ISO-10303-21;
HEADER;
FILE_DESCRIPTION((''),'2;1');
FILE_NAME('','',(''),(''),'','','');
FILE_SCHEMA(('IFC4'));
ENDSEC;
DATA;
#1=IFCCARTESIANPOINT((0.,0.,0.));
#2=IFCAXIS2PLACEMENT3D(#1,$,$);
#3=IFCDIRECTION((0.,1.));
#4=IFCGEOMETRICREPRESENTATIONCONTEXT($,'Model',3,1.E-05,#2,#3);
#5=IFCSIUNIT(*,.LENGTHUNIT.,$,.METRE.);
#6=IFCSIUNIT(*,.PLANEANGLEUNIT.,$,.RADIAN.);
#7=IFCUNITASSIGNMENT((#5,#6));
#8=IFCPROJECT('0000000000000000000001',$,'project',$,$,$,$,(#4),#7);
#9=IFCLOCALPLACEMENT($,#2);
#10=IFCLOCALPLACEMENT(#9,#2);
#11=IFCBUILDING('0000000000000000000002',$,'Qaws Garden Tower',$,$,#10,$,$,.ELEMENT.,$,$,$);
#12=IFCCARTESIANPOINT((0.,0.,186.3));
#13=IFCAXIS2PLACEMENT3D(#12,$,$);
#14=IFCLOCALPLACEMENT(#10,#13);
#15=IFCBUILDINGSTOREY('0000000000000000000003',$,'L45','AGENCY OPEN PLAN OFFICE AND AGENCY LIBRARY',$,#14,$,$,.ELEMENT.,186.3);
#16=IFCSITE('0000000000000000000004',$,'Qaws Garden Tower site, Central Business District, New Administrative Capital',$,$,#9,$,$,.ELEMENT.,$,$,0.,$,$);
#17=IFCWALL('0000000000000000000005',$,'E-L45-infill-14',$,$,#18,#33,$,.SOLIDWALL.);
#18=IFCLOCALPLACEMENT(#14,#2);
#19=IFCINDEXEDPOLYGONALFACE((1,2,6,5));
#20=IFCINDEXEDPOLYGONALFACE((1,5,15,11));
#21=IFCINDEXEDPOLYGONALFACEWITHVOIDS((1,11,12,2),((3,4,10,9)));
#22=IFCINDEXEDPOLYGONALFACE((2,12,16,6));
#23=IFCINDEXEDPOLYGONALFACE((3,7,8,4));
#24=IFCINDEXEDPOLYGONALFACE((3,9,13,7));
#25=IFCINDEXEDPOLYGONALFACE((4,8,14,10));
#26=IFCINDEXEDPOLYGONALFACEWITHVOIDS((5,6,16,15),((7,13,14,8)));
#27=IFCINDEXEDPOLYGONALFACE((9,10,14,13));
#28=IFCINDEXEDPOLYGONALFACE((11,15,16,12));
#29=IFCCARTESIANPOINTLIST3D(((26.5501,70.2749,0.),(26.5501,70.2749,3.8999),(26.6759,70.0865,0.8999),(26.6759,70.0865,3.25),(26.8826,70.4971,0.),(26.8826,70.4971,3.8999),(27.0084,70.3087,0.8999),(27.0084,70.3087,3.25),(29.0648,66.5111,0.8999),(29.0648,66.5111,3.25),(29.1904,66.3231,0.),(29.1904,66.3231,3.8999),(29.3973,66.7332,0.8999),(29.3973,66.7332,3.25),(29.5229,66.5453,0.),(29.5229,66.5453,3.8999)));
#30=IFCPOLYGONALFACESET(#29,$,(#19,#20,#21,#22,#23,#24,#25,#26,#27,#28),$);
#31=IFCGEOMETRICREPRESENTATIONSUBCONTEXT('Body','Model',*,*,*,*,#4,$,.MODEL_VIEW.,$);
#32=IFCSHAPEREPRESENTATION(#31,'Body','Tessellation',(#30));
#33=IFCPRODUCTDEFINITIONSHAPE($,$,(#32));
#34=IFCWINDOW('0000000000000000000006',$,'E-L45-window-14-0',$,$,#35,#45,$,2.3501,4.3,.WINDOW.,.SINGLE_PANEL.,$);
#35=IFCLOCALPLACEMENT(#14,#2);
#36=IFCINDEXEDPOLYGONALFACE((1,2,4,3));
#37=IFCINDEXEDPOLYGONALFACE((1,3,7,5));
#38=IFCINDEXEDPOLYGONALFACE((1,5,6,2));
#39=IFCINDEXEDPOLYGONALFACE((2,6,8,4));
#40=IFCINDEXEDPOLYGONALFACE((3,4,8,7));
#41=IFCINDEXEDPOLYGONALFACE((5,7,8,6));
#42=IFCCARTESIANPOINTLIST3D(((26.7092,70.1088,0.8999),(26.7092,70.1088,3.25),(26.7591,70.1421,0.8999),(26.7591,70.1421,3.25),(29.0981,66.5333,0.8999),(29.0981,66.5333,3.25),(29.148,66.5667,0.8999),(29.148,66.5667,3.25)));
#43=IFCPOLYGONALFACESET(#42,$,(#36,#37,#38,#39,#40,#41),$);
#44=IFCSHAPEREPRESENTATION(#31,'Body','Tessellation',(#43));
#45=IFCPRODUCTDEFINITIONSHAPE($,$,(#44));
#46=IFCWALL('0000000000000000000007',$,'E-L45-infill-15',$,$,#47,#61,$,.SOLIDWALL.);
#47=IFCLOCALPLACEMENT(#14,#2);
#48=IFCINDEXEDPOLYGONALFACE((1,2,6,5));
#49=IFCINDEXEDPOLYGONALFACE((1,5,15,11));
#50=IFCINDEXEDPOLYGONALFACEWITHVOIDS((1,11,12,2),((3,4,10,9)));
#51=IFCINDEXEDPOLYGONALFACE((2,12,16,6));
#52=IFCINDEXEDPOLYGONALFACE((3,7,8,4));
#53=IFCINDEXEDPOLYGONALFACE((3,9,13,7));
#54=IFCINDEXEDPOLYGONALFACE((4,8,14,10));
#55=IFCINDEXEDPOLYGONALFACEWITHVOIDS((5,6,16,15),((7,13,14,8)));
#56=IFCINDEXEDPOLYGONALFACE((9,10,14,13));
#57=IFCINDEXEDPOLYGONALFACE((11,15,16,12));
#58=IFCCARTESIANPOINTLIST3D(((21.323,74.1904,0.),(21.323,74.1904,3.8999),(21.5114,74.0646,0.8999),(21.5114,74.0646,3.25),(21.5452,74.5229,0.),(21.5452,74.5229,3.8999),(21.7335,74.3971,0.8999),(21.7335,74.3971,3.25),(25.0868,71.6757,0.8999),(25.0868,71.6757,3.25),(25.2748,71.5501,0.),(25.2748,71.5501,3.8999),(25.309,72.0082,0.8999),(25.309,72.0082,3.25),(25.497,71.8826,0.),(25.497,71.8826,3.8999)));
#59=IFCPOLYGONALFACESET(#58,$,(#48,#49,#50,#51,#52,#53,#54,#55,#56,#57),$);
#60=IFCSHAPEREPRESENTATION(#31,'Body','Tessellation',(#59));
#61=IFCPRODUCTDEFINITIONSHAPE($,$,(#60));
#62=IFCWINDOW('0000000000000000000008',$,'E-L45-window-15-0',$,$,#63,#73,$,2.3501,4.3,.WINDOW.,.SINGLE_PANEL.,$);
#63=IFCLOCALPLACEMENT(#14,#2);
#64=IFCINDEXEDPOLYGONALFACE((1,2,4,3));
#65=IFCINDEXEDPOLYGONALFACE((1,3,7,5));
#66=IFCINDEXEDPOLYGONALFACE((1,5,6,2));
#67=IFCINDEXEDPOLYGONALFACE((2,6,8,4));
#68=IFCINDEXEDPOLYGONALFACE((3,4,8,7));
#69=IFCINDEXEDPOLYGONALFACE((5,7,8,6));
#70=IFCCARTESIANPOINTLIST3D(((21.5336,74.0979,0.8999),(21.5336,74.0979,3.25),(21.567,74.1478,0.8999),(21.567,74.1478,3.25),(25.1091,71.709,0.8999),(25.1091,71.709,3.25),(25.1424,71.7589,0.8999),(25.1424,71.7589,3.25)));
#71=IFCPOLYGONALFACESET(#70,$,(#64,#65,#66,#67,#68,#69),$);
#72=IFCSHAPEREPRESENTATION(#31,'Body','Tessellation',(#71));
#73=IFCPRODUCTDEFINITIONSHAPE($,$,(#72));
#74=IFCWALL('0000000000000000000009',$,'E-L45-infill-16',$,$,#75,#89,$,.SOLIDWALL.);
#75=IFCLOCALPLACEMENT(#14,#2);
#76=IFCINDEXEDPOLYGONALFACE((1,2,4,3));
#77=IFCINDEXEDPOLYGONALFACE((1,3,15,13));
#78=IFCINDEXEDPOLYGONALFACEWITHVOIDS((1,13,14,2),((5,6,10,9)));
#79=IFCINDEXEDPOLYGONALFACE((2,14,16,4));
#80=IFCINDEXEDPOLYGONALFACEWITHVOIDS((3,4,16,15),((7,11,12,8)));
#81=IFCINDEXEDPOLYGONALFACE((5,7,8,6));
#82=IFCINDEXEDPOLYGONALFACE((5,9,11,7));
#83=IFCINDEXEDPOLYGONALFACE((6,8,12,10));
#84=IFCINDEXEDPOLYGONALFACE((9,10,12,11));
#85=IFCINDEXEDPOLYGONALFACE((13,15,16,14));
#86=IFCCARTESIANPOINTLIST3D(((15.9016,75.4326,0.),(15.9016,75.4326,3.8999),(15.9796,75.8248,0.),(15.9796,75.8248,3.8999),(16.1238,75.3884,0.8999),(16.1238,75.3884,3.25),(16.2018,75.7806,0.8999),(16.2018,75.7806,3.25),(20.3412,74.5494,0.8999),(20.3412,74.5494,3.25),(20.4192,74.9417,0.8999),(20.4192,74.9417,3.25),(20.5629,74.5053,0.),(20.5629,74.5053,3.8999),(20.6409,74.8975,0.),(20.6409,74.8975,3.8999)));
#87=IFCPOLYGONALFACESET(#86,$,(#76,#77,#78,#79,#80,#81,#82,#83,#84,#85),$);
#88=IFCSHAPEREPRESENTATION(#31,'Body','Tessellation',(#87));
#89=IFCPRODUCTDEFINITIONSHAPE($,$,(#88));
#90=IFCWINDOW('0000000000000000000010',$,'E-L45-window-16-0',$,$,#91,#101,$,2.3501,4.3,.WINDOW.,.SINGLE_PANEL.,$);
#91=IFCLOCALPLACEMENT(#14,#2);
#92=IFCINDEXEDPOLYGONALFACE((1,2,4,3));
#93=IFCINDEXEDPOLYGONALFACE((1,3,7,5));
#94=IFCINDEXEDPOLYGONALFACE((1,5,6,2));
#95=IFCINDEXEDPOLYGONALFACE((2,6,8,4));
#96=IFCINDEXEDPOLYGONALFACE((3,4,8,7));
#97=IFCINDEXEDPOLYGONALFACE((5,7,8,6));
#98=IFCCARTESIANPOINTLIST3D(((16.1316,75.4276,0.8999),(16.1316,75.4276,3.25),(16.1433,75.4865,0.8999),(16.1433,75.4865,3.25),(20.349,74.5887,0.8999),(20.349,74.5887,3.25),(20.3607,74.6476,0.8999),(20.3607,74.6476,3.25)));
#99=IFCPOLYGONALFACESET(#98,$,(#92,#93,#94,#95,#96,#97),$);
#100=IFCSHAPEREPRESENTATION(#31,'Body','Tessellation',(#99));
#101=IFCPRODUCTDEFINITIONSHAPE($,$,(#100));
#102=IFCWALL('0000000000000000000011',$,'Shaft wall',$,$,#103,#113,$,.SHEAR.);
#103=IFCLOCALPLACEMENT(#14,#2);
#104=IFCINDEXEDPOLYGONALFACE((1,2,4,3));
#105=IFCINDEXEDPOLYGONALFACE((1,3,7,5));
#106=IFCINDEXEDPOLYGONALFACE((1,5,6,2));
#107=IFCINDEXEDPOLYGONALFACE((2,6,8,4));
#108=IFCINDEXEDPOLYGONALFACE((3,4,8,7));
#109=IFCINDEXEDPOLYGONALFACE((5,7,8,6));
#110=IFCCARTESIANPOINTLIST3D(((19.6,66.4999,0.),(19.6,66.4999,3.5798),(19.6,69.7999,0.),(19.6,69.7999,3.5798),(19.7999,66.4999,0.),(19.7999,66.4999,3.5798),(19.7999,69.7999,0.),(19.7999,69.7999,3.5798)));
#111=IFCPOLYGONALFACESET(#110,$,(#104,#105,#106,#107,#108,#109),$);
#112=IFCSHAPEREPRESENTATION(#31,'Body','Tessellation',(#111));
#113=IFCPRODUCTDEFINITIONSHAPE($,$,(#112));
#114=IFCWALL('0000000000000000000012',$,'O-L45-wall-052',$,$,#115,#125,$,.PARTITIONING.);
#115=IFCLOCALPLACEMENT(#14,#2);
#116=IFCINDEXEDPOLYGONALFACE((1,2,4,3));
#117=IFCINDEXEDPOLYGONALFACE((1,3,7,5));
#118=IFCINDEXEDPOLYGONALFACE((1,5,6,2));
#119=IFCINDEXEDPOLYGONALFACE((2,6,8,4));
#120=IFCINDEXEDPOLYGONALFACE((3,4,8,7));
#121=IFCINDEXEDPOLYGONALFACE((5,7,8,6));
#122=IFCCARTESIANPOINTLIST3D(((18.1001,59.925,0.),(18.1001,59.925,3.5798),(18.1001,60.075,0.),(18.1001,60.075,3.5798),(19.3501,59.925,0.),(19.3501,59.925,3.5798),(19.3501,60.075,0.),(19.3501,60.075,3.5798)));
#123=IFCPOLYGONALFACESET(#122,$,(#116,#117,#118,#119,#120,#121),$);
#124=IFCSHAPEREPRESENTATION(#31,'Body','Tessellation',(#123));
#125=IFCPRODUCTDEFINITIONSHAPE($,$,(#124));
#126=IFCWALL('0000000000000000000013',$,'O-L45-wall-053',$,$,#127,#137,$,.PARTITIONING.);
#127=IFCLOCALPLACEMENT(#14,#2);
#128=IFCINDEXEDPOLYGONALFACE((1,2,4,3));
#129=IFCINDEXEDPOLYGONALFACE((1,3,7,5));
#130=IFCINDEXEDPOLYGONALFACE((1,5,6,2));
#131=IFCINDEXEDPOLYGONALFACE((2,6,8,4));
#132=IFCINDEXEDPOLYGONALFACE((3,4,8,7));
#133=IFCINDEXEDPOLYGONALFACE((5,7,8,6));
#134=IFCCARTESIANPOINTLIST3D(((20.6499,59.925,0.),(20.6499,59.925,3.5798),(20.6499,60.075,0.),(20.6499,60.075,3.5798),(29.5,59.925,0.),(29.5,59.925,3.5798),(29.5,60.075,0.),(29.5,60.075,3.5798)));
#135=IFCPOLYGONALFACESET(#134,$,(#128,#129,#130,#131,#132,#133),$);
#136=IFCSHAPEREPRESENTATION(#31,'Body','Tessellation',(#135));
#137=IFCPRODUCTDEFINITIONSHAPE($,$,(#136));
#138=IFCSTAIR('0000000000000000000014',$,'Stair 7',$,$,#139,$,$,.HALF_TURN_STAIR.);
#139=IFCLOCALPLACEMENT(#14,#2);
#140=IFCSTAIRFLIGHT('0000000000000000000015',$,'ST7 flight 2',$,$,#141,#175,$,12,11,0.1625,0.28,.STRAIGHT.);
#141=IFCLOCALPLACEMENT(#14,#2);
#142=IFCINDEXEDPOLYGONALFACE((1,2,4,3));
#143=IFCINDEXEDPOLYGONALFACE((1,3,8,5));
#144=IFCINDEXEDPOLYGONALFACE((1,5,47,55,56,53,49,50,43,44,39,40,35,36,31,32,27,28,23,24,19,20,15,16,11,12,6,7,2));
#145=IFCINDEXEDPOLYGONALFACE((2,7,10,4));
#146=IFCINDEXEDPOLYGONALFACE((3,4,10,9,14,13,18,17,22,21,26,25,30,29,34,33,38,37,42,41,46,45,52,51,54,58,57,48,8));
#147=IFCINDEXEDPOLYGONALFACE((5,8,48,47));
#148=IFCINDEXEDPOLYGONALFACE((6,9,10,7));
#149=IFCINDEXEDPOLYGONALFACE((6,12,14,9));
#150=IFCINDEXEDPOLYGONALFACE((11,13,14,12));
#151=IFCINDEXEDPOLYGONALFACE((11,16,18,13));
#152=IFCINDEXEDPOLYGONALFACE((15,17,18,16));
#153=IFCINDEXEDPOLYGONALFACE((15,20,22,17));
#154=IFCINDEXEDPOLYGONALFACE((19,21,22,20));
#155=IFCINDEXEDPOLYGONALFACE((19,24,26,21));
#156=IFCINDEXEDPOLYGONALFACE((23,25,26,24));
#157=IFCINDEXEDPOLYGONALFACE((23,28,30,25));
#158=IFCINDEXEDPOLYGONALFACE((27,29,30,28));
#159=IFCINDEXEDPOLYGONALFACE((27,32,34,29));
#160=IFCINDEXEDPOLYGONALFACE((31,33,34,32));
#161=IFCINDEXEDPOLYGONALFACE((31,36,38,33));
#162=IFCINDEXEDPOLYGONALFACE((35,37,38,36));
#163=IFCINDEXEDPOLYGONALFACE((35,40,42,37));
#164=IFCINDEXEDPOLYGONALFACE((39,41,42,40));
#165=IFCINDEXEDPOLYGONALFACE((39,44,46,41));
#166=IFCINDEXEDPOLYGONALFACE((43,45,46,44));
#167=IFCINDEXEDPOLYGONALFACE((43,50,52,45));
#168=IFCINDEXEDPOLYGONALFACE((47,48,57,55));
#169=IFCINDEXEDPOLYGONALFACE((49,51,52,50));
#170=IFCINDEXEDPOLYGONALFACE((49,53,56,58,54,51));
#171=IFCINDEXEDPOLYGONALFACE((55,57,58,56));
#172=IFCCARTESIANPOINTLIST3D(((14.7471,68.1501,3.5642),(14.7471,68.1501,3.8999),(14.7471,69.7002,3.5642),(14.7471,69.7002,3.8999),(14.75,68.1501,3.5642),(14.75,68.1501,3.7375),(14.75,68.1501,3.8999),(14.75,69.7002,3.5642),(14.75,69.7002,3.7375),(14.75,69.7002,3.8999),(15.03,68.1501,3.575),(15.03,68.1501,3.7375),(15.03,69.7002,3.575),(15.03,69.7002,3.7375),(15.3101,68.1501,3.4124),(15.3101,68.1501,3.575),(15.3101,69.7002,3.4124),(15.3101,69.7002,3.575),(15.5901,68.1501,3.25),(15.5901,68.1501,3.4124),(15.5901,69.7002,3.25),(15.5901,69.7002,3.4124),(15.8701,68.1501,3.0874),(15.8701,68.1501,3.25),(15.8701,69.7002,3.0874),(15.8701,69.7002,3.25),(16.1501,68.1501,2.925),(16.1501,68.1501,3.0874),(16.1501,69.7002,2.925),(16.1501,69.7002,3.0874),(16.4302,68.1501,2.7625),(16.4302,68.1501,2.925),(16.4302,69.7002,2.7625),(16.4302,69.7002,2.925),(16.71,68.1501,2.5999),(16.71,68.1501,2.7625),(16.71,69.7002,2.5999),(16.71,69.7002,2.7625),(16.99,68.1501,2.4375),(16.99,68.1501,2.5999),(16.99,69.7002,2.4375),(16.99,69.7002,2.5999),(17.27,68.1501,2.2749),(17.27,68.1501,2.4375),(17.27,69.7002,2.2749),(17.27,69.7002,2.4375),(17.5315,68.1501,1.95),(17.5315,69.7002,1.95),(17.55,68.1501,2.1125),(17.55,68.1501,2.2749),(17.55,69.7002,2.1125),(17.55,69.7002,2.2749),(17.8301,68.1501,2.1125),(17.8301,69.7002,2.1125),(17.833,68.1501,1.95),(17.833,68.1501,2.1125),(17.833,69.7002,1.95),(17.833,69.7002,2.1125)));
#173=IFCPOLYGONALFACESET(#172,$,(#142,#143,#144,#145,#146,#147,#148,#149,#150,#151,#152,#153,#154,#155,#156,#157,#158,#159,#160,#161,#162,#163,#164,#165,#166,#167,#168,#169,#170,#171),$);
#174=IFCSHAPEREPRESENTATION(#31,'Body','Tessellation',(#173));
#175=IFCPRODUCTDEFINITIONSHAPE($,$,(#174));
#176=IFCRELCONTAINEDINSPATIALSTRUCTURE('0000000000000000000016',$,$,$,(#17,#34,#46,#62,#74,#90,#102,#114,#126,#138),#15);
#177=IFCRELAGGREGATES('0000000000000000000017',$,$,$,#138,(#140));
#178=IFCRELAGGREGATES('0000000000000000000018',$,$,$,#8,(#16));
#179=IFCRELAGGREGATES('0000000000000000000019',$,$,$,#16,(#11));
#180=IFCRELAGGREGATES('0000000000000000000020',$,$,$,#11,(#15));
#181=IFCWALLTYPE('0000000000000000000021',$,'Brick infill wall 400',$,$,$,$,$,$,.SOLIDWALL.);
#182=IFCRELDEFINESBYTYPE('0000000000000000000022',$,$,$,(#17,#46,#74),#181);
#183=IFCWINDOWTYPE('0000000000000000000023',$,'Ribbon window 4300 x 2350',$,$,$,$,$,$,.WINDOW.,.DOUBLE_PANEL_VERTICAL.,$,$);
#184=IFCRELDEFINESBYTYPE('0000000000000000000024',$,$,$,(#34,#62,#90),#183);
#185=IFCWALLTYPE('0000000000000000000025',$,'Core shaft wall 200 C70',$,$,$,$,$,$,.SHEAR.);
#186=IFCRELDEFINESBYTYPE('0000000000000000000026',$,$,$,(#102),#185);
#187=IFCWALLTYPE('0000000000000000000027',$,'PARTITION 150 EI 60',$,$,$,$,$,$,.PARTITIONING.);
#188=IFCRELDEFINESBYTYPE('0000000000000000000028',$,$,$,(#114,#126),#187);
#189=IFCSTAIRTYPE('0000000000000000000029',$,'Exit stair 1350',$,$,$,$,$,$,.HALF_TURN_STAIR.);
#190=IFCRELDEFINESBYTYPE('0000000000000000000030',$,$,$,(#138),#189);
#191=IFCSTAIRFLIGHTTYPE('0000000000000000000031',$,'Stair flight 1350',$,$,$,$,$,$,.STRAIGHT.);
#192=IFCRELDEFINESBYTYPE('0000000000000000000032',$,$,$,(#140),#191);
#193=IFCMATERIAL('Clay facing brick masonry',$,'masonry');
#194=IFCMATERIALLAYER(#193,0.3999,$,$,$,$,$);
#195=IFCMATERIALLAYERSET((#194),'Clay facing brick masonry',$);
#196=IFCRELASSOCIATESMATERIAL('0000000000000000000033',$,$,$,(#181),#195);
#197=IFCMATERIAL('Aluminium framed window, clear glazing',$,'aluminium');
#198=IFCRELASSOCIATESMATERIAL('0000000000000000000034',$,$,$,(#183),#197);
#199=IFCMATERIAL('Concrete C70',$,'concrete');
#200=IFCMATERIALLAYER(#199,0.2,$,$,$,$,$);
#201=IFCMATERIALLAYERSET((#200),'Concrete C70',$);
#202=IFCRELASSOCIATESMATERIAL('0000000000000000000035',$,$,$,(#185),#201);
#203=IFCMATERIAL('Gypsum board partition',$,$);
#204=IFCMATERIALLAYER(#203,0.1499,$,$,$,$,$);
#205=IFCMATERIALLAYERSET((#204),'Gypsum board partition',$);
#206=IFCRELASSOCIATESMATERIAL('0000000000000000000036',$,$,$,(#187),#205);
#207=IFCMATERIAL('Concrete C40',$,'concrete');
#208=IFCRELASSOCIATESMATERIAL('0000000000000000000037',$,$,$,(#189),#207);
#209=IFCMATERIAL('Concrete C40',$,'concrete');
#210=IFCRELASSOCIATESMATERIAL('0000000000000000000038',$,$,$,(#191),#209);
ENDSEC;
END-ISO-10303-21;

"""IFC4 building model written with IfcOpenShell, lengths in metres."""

from ifc_helpers import new_model, si_unit, direction, frame, frame_2d, origin, place, context, subcontext, project, spatial, polyline, rectangle, outline, extrude, material, layer, layer_set, type_object, element, fill, aggregate, save


model = new_model("IFC4")

# Units and contexts
model_context = context("Model", 3, precision=1e-05, world=origin(), true_north=direction((0.0, 1.0)))
body_context = subcontext(model_context, "Body", "Model", "MODEL_VIEW")
ifc_project = project(units=[si_unit("LENGTHUNIT", "METRE"), si_unit("PLANEANGLEUNIT", "RADIAN")], contexts=[model_context])

# Site, building, storey
site_placement = place(None, origin())
site = spatial("IfcSite", under=ifc_project, at=site_placement, Name="Qaws Garden Tower site, Central Business District, New Administrative Capital", CompositionType="ELEMENT", RefElevation=0.0)
building_placement = place(site_placement, origin())
building = spatial("IfcBuilding", under=site, at=building_placement, Name="Qaws Garden Tower", CompositionType="ELEMENT")
storey_placement = place(building_placement, frame((0.0, 0.0, 186.3)))
storey = spatial("IfcBuildingStorey", under=building, at=storey_placement, Name="L45", Description="AGENCY OPEN PLAN OFFICE AND AGENCY LIBRARY", CompositionType="ELEMENT", Elevation=186.3)

# Walls, openings, windows
ifc_material_1 = material(Name="Clay facing brick masonry", Category="masonry")
ifc_layer_1 = layer(ifc_material_1, 0.3999)
ifc_layer_set_1 = layer_set([ifc_layer_1], Name="Clay facing brick masonry")
wall_type_1 = type_object("IfcWallType", Name="Brick infill wall 400", PredefinedType="SOLIDWALL", material=ifc_layer_set_1)
ifc_material_2 = material(Name="Aluminium framed window, clear glazing", Category="aluminium")
window_type = type_object("IfcWindowType", Name="Ribbon window 4300 x 2350", PartitioningType="DOUBLE_PANEL_VERTICAL", PredefinedType="WINDOW", material=ifc_material_2)
wall_1_placement = place(storey_placement, frame((29.3567, 66.4341, 0.0), z_axis=(0.0, 0.0, 1.0), x_axis=(-0.555542, 0.831489, 0.0)))
wall_1 = element("IfcWall", 1, at=wall_1_placement, inside=storey, type_object=wall_type_1, Name="E-L45-infill-14", PredefinedType="SOLIDWALL", context=body_context, shape_type="SweptSolid", body=[
    extrude(rectangle(XDim=4.7527, YDim=0.3999, at=frame_2d((2.3765, 0.0))), origin(), (0.0, 0.0, 1.0), 3.8999),
])
opening_1_placement = place(wall_1_placement, frame((0.2263, 0.0, 0.8999)))
opening_1 = element("IfcOpeningElement", 2, at=opening_1_placement, cuts=wall_1, PredefinedType="OPENING", context=body_context, shape_type="SweptSolid", body=[
    extrude(rectangle(XDim=4.3, YDim=2.3501, at=frame_2d((2.1499, 1.175))), frame((0.0, 0.21, 0.0), z_axis=(0.0, -1.0, 0.0), x_axis=(1.0, 0.0, 0.0)), (0.0, 0.0, 1.0), 0.4199),
])
window_1_placement = place(opening_1_placement, origin())
window_1 = element("IfcWindow", 3, at=window_1_placement, inside=storey, type_object=window_type, Name="E-L45-window-14-0", OverallHeight=2.3501, OverallWidth=4.3, PartitioningType="SINGLE_PANEL", PredefinedType="WINDOW", context=body_context, shape_type="SweptSolid", body=[
    extrude(rectangle(XDim=4.3, YDim=2.3501, at=frame_2d((2.1499, 1.175))), frame((0.0, 0.1599, 0.0), z_axis=(0.0, -1.0, 0.0), x_axis=(1.0, 0.0, 0.0)), (0.0, 0.0, 1.0), 0.0601),
])
fill(opening_1, window_1)
wall_2_placement = place(storey_placement, frame((25.386, 71.7163, 0.0), z_axis=(0.0, 0.0, 1.0), x_axis=(-0.831489, 0.555542, 0.0)))
wall_2 = element("IfcWall", 4, at=wall_2_placement, inside=storey, type_object=wall_type_1, Name="E-L45-infill-15", PredefinedType="SOLIDWALL", context=body_context, shape_type="SweptSolid", body=[
    extrude(rectangle(XDim=4.7527, YDim=0.3999, at=frame_2d((2.3765, 0.0))), origin(), (0.0, 0.0, 1.0), 3.8999),
])
opening_2_placement = place(wall_2_placement, frame((0.2263, 0.0, 0.8999)))
opening_2 = element("IfcOpeningElement", 5, at=opening_2_placement, cuts=wall_2, PredefinedType="OPENING", context=body_context, shape_type="SweptSolid", body=[
    extrude(rectangle(XDim=4.3, YDim=2.3501, at=frame_2d((2.1499, 1.175))), frame((0.0, 0.21, 0.0), z_axis=(0.0, -1.0, 0.0), x_axis=(1.0, 0.0, 0.0)), (0.0, 0.0, 1.0), 0.4199),
])
window_2_placement = place(opening_2_placement, origin())
window_2 = element("IfcWindow", 6, at=window_2_placement, inside=storey, type_object=window_type, Name="E-L45-window-15-0", OverallHeight=2.3501, OverallWidth=4.3, PartitioningType="SINGLE_PANEL", PredefinedType="WINDOW", context=body_context, shape_type="SweptSolid", body=[
    extrude(rectangle(XDim=4.3, YDim=2.3501, at=frame_2d((2.1499, 1.175))), frame((0.0, 0.1599, 0.0), z_axis=(0.0, -1.0, 0.0), x_axis=(1.0, 0.0, 0.0)), (0.0, 0.0, 1.0), 0.0601),
])
fill(opening_2, window_2)
wall_3_placement = place(storey_placement, frame((20.6021, 74.7014, 0.0), z_axis=(0.0, 0.0, 1.0), x_axis=(-0.980784, 0.195099, 0.0)))
wall_3 = element("IfcWall", 7, at=wall_3_placement, inside=storey, type_object=wall_type_1, Name="E-L45-infill-16", PredefinedType="SOLIDWALL", context=body_context, shape_type="SweptSolid", body=[
    extrude(rectangle(XDim=4.7527, YDim=0.3999, at=frame_2d((2.3765, 0.0))), origin(), (0.0, 0.0, 1.0), 3.8999),
])
opening_3_placement = place(wall_3_placement, frame((0.2263, 0.0, 0.8999)))
opening_3 = element("IfcOpeningElement", 8, at=opening_3_placement, cuts=wall_3, PredefinedType="OPENING", context=body_context, shape_type="SweptSolid", body=[
    extrude(rectangle(XDim=4.3, YDim=2.3501, at=frame_2d((2.1499, 1.175))), frame((0.0, 0.21, 0.0), z_axis=(0.0, -1.0, 0.0), x_axis=(1.0, 0.0, 0.0)), (0.0, 0.0, 1.0), 0.4199),
])
window_3_placement = place(opening_3_placement, origin())
window_3 = element("IfcWindow", 9, at=window_3_placement, inside=storey, type_object=window_type, Name="E-L45-window-16-0", OverallHeight=2.3501, OverallWidth=4.3, PartitioningType="SINGLE_PANEL", PredefinedType="WINDOW", context=body_context, shape_type="SweptSolid", body=[
    extrude(rectangle(XDim=4.3, YDim=2.3501, at=frame_2d((2.1499, 1.175))), frame((0.0, 0.1599, 0.0), z_axis=(0.0, -1.0, 0.0), x_axis=(1.0, 0.0, 0.0)), (0.0, 0.0, 1.0), 0.0601),
])
fill(opening_3, window_3)

# Walls
ifc_material_3 = material(Name="Concrete C70", Category="concrete")
ifc_layer_2 = layer(ifc_material_3, 0.2)
ifc_layer_set_2 = layer_set([ifc_layer_2], Name="Concrete C70")
wall_type_2 = type_object("IfcWallType", Name="Core shaft wall 200 C70", PredefinedType="SHEAR", material=ifc_layer_set_2)
wall_4_placement = place(storey_placement, frame((19.7, 66.5, 0.0), z_axis=(0.0, 0.0, 1.0), x_axis=(0.0, 1.0, 0.0)))
element("IfcWall", 10, at=wall_4_placement, inside=storey, type_object=wall_type_2, Name="Shaft wall", PredefinedType="SHEAR", context=body_context, shape_type="SweptSolid", body=[
    extrude(rectangle(XDim=3.3, YDim=0.2, at=frame_2d((1.6499, 0.0))), origin(), (0.0, 0.0, 1.0), 3.5798),
])
ifc_material_4 = material(Name="Gypsum board partition")
ifc_layer_3 = layer(ifc_material_4, 0.1499)
ifc_layer_set_3 = layer_set([ifc_layer_3], Name="Gypsum board partition")
wall_type_3 = type_object("IfcWallType", Name="PARTITION 150 EI 60", PredefinedType="PARTITIONING", material=ifc_layer_set_3)
wall_5_placement = place(storey_placement, frame((18.1001, 60.0, 0.0), z_axis=(0.0, 0.0, 1.0), x_axis=(1.0, 0.0, 0.0)))
element("IfcWall", 11, at=wall_5_placement, inside=storey, type_object=wall_type_3, Name="O-L45-wall-052", PredefinedType="PARTITIONING", context=body_context, shape_type="SweptSolid", body=[
    extrude(rectangle(XDim=1.25, YDim=0.1499, at=frame_2d((0.625, 0.0))), origin(), (0.0, 0.0, 1.0), 3.5798),
])
wall_6_placement = place(storey_placement, frame((20.6499, 60.0, 0.0), z_axis=(0.0, 0.0, 1.0), x_axis=(1.0, 0.0, 0.0)))
element("IfcWall", 12, at=wall_6_placement, inside=storey, type_object=wall_type_3, Name="O-L45-wall-053", PredefinedType="PARTITIONING", context=body_context, shape_type="SweptSolid", body=[
    extrude(rectangle(XDim=8.8501, YDim=0.1499, at=frame_2d((4.425, 0.0))), origin(), (0.0, 0.0, 1.0), 3.5798),
])

# Stair, stair flight
ifc_material_5 = material(Name="Concrete C40", Category="concrete")
stair_type = type_object("IfcStairType", Name="Exit stair 1350", PredefinedType="HALF_TURN_STAIR", material=ifc_material_5)
stair_placement = place(storey_placement, origin())
stair = element("IfcStair", 13, at=stair_placement, inside=storey, type_object=stair_type, Name="Stair 7", PredefinedType="HALF_TURN_STAIR")
ifc_material_6 = material(Name="Concrete C40", Category="concrete")
stair_flight_type = type_object("IfcStairFlightType", Name="Stair flight 1350", PredefinedType="STRAIGHT", material=ifc_material_6)
stair_flight_placement = place(storey_placement, frame((17.8301, 68.925, 1.95), z_axis=(0.0, 0.0, 1.0), x_axis=(-1.0, 0.0, 0.0)))
stair_flight = element("IfcStairFlight", 14, at=stair_flight_placement, type_object=stair_flight_type, Name="ST7 flight 2", NumberOfRisers=12, NumberOfTreads=11, PredefinedType="STRAIGHT", RiserHeight=0.1625, TreadLength=0.28, context=body_context, shape_type="SweptSolid", body=[
    extrude(outline(polyline([(-0.0029, 0.0), (-0.0029, 0.1626), (0.0, 0.1626), (0.28, 0.1626), (0.28, 0.325), (0.5601, 0.325), (0.5601, 0.4875), (0.8401, 0.4875), (0.8401, 0.6499), (1.1201, 0.6499), (1.1201, 0.8125), (1.3999, 0.8125), (1.3999, 0.9751), (1.6799, 0.9751), (1.6799, 1.1375), (1.96, 1.1375), (1.96, 1.3), (2.24, 1.3), (2.24, 1.4624), (2.52, 1.4624), (2.52, 1.625), (2.8, 1.625), (2.8, 1.7876), (3.0801, 1.7876), (3.0801, 1.95), (3.083, 1.95), (3.083, 1.6143), (3.0801, 1.6143), (0.2986, 0.0), (-0.0029, 0.0)])), frame((0.0, 0.7749, 0.0), z_axis=(0.0, -1.0, 0.0), x_axis=(1.0, 0.0, 0.0)), (0.0, 0.0, 1.0), 1.55),
])
aggregate(stair, [stair_flight])

save(model, "model.ifc")
